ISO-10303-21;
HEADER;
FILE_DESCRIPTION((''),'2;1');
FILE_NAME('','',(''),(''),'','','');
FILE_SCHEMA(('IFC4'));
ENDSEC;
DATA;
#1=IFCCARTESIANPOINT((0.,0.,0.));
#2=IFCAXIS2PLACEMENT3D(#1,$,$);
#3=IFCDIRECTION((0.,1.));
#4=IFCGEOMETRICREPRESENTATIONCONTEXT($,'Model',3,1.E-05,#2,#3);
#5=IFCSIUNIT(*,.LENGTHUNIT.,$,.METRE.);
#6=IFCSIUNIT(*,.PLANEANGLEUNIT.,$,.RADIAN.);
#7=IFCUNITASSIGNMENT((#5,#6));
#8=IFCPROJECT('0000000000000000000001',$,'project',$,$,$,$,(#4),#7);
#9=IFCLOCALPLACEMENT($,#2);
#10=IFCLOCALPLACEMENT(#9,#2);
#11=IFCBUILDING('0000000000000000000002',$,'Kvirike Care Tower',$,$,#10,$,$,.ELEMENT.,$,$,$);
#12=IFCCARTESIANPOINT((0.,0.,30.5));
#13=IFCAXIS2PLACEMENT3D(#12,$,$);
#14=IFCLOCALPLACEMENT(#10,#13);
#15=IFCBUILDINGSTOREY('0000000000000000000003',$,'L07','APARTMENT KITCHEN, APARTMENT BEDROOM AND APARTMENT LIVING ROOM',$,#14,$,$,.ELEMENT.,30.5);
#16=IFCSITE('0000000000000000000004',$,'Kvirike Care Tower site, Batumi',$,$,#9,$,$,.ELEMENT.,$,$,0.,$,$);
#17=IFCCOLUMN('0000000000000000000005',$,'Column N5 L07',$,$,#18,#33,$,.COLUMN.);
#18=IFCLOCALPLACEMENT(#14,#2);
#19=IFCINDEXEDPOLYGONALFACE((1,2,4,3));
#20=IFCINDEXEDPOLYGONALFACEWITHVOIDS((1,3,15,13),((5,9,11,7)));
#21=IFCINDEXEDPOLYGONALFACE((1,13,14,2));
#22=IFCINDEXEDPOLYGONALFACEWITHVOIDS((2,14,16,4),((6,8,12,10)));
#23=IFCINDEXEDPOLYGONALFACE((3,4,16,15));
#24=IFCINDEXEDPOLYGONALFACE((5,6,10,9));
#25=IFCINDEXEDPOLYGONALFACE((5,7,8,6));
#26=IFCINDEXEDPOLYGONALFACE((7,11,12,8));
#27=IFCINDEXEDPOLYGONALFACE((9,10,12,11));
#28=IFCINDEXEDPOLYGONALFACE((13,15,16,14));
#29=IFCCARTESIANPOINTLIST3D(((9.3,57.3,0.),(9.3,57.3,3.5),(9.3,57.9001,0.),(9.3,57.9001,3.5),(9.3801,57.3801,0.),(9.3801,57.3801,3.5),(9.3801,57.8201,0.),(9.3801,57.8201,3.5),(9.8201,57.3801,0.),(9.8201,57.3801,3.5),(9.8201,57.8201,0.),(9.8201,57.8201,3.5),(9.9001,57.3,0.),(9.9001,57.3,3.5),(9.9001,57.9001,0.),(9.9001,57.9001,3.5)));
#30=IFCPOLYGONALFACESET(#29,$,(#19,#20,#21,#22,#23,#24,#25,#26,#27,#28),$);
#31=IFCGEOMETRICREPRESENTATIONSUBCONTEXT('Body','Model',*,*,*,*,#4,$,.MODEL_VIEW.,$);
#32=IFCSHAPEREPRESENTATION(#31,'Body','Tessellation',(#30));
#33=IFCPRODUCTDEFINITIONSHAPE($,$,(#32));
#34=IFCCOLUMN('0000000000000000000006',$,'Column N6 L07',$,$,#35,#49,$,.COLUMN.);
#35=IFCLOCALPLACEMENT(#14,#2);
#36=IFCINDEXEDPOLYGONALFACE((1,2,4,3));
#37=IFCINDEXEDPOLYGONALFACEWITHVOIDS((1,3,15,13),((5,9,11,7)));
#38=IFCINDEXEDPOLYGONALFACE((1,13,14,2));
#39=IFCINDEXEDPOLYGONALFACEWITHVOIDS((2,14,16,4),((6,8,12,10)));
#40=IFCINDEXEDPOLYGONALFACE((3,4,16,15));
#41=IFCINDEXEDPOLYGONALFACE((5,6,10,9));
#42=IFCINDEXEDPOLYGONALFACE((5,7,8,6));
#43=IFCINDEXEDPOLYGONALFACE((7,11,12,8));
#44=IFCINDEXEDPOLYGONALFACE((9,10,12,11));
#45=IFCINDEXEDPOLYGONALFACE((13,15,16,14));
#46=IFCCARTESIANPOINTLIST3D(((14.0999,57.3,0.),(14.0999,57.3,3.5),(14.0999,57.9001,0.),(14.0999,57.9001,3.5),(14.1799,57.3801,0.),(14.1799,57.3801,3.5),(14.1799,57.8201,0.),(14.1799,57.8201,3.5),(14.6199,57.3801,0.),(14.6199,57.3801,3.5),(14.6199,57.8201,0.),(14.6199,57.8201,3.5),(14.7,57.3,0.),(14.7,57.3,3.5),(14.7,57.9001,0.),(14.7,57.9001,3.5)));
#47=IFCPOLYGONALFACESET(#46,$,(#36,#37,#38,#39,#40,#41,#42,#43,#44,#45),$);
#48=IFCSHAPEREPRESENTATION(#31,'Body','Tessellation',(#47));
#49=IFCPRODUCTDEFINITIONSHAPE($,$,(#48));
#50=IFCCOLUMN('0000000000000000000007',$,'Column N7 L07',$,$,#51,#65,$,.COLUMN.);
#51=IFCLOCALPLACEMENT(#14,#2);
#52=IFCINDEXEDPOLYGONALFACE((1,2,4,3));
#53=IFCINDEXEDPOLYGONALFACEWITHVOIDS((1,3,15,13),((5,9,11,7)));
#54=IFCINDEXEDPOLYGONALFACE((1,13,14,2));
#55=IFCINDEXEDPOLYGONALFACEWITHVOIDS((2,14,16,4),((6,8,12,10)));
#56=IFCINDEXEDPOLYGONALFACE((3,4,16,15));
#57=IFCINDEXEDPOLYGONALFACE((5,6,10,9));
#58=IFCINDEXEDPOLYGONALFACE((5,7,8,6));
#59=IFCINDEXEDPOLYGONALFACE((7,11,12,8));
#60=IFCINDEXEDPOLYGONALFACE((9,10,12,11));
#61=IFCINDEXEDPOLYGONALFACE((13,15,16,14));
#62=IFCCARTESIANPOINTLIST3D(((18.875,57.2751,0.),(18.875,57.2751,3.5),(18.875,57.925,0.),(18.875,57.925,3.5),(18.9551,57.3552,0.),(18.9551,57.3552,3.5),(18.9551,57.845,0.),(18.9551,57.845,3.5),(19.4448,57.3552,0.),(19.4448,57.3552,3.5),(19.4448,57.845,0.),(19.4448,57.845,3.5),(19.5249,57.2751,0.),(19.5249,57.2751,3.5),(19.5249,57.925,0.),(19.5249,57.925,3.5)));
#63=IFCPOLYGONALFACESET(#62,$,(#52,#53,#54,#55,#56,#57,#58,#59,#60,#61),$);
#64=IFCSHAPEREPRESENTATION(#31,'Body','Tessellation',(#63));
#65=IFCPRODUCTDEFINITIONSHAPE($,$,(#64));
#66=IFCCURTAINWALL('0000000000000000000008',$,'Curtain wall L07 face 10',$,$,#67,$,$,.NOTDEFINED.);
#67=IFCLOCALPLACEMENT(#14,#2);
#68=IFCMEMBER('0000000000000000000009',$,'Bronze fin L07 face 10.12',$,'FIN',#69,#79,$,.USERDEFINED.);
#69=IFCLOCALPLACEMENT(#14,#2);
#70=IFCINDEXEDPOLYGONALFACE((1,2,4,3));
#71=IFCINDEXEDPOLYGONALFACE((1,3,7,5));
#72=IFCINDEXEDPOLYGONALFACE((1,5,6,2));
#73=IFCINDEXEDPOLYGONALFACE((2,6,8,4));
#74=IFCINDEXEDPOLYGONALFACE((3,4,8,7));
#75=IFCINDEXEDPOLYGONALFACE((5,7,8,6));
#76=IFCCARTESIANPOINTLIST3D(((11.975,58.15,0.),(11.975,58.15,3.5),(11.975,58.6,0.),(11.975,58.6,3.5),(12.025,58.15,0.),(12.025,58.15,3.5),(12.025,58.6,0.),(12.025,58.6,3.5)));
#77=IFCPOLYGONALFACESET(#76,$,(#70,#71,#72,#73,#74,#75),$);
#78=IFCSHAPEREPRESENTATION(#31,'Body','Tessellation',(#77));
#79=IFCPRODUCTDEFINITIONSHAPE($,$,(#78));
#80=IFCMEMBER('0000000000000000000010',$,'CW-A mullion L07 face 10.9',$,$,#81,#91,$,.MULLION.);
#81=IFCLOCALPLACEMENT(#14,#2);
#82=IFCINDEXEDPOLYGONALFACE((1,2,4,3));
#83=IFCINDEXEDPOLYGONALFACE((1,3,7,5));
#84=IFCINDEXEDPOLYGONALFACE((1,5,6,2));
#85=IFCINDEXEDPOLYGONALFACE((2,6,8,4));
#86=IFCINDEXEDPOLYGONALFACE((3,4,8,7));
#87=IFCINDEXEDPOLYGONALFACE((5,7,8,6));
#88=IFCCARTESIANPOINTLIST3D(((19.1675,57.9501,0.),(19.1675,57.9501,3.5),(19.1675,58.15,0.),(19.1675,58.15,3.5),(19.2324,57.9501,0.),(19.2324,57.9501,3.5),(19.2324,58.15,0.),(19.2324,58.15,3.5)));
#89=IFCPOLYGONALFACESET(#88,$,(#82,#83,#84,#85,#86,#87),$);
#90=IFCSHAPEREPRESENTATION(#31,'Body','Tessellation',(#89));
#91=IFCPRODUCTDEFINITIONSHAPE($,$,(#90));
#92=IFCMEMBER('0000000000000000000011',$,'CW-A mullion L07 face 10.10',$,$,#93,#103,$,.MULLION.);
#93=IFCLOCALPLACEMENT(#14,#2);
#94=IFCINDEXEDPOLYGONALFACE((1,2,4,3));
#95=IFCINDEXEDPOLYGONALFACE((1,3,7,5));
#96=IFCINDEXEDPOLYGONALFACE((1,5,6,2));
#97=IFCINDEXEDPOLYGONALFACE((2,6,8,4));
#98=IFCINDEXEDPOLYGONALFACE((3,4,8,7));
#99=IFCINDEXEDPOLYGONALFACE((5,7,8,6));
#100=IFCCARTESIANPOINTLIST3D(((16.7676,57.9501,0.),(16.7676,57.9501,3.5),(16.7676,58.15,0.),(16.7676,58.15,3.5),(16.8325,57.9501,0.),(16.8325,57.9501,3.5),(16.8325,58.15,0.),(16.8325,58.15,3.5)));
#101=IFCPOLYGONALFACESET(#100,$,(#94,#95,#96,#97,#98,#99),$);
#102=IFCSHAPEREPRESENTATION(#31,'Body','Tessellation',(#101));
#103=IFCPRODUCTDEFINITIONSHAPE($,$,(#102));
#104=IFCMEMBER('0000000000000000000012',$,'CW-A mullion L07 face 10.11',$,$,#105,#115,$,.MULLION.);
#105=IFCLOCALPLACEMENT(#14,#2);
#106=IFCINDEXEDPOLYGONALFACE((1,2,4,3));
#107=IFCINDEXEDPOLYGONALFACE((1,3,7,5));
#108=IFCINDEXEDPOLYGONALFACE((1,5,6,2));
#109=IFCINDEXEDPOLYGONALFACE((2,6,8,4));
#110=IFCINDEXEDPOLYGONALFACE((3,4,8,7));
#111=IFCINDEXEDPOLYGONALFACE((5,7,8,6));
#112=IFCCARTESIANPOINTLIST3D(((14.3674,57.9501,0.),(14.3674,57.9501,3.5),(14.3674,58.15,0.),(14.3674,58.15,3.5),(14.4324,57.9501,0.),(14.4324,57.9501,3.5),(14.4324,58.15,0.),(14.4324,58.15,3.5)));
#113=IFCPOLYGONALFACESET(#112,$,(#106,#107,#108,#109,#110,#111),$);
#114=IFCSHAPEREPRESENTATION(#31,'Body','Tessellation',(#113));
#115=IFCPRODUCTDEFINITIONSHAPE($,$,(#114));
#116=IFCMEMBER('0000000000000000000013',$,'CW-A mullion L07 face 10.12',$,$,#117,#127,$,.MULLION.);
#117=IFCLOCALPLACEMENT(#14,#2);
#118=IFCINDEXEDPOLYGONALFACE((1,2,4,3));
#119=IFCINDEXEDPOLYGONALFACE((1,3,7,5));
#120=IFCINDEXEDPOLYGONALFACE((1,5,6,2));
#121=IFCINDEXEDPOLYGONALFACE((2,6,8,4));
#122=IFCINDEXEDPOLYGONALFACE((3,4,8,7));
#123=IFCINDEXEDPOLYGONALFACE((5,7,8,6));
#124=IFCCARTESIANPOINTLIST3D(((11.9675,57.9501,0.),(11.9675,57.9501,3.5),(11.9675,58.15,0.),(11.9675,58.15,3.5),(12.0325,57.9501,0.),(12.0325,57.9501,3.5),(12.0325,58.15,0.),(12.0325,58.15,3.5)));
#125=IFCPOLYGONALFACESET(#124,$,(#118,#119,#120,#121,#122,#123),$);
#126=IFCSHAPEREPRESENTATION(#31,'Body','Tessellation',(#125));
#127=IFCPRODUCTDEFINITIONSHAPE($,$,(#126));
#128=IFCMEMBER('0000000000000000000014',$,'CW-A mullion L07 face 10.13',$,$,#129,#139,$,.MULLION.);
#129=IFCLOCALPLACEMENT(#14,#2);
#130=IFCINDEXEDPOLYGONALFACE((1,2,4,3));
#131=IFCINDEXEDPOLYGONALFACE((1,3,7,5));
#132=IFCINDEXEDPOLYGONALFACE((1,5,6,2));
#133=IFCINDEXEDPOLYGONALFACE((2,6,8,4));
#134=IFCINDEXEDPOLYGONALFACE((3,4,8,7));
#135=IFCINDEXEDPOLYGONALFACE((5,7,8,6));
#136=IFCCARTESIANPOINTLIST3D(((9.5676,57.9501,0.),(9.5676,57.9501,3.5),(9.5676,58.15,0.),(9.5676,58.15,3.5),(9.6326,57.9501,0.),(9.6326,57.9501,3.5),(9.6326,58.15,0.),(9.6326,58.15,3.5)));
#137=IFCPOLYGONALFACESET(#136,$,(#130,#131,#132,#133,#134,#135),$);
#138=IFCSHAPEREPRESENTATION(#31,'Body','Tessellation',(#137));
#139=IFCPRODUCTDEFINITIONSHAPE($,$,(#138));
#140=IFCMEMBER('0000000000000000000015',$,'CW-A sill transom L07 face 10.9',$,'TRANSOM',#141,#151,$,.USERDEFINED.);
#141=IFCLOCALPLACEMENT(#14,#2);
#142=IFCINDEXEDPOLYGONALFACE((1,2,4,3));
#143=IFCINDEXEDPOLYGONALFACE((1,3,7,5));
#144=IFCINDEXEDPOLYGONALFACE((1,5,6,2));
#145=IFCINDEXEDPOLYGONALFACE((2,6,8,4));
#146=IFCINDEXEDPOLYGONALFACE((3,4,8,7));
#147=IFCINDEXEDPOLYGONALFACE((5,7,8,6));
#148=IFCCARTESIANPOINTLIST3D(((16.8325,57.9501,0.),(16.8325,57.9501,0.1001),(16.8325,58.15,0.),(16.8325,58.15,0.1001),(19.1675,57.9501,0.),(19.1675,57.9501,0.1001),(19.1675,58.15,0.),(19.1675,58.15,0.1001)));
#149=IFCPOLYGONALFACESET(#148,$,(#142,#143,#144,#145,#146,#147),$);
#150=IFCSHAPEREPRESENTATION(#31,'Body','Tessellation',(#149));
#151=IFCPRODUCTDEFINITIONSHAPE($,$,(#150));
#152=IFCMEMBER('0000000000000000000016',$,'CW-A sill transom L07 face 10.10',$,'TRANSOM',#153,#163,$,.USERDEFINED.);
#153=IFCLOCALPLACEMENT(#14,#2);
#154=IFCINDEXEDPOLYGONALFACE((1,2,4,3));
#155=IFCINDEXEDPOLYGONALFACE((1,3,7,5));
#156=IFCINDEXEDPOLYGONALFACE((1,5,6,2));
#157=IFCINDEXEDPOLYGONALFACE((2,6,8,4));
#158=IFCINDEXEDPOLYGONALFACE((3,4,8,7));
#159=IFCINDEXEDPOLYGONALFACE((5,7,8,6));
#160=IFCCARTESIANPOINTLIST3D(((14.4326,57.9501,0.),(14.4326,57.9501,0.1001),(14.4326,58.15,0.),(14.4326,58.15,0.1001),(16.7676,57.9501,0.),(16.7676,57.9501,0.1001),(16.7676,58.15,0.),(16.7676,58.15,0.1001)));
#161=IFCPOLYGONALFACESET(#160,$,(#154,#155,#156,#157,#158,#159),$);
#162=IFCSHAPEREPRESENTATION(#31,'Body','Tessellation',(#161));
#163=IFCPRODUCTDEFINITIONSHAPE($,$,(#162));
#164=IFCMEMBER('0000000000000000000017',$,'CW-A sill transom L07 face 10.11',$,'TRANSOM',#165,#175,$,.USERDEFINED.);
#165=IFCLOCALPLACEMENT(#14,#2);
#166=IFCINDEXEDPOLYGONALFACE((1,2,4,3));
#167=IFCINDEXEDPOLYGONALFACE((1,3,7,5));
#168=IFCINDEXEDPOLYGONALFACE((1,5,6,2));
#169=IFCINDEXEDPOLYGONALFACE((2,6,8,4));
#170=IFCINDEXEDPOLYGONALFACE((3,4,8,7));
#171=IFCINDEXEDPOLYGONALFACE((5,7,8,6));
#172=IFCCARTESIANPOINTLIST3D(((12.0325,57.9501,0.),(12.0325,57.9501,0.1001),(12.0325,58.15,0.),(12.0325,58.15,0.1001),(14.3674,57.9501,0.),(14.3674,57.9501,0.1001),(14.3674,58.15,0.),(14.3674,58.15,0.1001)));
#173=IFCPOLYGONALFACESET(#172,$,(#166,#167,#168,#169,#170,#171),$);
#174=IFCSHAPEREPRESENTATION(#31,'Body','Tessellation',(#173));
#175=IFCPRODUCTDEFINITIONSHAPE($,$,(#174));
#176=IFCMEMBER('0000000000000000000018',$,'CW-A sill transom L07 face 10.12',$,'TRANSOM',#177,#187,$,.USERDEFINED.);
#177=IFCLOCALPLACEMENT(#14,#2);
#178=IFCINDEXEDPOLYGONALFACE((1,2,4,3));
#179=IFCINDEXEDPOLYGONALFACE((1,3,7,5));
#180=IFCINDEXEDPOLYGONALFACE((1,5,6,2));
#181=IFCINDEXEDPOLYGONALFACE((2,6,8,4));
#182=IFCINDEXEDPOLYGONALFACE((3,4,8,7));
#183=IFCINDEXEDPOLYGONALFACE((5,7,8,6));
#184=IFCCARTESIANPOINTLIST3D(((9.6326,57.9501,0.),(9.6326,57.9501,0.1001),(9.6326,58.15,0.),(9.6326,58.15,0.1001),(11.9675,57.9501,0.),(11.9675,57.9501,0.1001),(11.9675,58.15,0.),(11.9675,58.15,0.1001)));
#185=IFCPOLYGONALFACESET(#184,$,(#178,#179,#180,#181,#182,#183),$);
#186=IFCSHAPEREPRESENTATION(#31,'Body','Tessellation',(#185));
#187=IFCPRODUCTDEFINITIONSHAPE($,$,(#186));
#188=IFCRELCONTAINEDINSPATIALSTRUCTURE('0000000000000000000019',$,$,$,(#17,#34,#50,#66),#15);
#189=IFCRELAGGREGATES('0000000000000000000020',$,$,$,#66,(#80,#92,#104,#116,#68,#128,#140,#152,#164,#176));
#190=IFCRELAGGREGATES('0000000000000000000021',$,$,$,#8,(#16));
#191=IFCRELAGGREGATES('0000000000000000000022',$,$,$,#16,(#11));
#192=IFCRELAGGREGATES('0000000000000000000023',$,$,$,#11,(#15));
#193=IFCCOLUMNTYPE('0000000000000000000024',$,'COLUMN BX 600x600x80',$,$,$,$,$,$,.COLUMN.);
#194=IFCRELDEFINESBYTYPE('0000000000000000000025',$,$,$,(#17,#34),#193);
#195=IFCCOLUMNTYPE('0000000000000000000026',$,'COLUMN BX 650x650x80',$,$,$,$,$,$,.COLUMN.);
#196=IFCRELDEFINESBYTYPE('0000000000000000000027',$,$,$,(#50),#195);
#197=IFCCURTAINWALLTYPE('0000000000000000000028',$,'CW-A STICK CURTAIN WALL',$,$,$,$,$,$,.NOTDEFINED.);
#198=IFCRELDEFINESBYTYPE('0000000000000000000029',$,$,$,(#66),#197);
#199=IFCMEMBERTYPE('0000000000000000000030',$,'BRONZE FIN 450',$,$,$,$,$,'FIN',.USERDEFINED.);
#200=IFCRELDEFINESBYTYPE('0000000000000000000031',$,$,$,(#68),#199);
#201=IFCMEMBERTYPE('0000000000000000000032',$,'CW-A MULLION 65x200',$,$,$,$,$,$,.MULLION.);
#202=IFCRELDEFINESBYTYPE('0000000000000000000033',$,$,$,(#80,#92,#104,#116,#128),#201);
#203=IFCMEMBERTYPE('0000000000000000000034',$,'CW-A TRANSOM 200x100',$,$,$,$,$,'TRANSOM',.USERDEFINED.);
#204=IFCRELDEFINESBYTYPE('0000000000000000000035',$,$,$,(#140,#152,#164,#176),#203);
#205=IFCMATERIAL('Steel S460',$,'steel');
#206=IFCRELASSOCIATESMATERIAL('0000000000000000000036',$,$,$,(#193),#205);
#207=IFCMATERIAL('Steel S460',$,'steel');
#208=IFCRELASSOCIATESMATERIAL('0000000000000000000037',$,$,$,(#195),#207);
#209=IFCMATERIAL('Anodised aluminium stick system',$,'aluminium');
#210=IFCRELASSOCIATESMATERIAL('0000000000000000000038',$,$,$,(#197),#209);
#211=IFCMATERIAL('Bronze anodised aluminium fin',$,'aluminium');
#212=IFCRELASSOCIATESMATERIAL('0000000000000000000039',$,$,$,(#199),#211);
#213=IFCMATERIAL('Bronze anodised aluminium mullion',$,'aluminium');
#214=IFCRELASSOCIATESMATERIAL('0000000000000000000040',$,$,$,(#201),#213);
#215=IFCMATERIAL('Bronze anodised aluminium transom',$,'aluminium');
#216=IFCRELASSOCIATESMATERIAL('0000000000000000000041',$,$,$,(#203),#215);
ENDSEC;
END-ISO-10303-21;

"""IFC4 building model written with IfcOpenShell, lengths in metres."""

from ifc_helpers import new_model, si_unit, direction, frame, origin, origin_2d, place, context, subcontext, project, spatial, rectangle, hollow_rectangle, extrude, material, material_profile, profile_set, type_object, element, aggregate, save


model = new_model("IFC4")

# Units and contexts
model_context = context("Model", 3, precision=1e-05, world=origin(), true_north=direction((0.0, 1.0)))
body_context = subcontext(model_context, "Body", "Model", "MODEL_VIEW")
ifc_project = project(units=[si_unit("LENGTHUNIT", "METRE"), si_unit("PLANEANGLEUNIT", "RADIAN")], contexts=[model_context])

# Site, building, storey
site_placement = place(None, origin())
site = spatial("IfcSite", under=ifc_project, at=site_placement, Name="Kvirike Care Tower site, Batumi", CompositionType="ELEMENT", RefElevation=0.0)
building_placement = place(site_placement, origin())
building = spatial("IfcBuilding", under=site, at=building_placement, Name="Kvirike Care Tower", CompositionType="ELEMENT")
storey_placement = place(building_placement, frame((0.0, 0.0, 30.5)))
storey = spatial("IfcBuildingStorey", under=building, at=storey_placement, Name="L07", Description="APARTMENT KITCHEN, APARTMENT BEDROOM AND APARTMENT LIVING ROOM", CompositionType="ELEMENT", Elevation=30.5)

# Columns
ifc_material_1 = material(Name="Steel S460", Category="steel")
ifc_material_profile_1 = material_profile(ifc_material_1, hollow_rectangle(XDim=0.6001, YDim=0.6001, WallThickness=0.0801, at=origin_2d()), Name="BX 600x600x80")
ifc_profile_set_1 = profile_set([ifc_material_profile_1], Name="Steel S460")
column_type_1 = type_object("IfcColumnType", Name="COLUMN BX 600x600x80", PredefinedType="COLUMN", material=ifc_profile_set_1)
for number, where, z_axis, x_axis, name in (
    (1, (9.6001, 57.6001, 0.0), (0.0, 0.0, 1.0), (0.0, 1.0, 0.0), "Column N5 L07"),
    (2, (14.3999, 57.6001, 0.0), (0.0, 0.0, 1.0), (0.0, 1.0, 0.0), "Column N6 L07"),
):
    element("IfcColumn", number, at=place(storey_placement, frame(where, z_axis=z_axis, x_axis=x_axis)), inside=storey, type_object=column_type_1, Name=name, PredefinedType="COLUMN", context=body_context, shape_type="SweptSolid", body=[
        extrude(hollow_rectangle(XDim=0.6001, YDim=0.6001, WallThickness=0.0801, at=origin_2d()), origin(), (0.0, 0.0, 1.0), 3.5),
    ])
ifc_material_2 = material(Name="Steel S460", Category="steel")
ifc_material_profile_2 = material_profile(ifc_material_2, hollow_rectangle(XDim=0.6499, YDim=0.6499, WallThickness=0.0801, at=origin_2d()), Name="BX 650x650x80")
ifc_profile_set_2 = profile_set([ifc_material_profile_2], Name="Steel S460")
column_type_2 = type_object("IfcColumnType", Name="COLUMN BX 650x650x80", PredefinedType="COLUMN", material=ifc_profile_set_2)
column_placement = place(storey_placement, frame((19.2, 57.6001, 0.0), z_axis=(0.0, 0.0, 1.0), x_axis=(0.0, 1.0, 0.0)))
element("IfcColumn", 3, at=column_placement, inside=storey, type_object=column_type_2, Name="Column N7 L07", PredefinedType="COLUMN", context=body_context, shape_type="SweptSolid", body=[
    extrude(hollow_rectangle(XDim=0.6499, YDim=0.6499, WallThickness=0.0801, at=origin_2d()), origin(), (0.0, 0.0, 1.0), 3.5),
])

# Curtain wall, members
ifc_material_3 = material(Name="Anodised aluminium stick system", Category="aluminium")
curtain_wall_type = type_object("IfcCurtainWallType", Name="CW-A STICK CURTAIN WALL", PredefinedType="NOTDEFINED", material=ifc_material_3)
curtain_wall_placement = place(storey_placement, origin())
curtain_wall = element("IfcCurtainWall", 4, at=curtain_wall_placement, inside=storey, type_object=curtain_wall_type, Name="Curtain wall L07 face 10", PredefinedType="NOTDEFINED")
ifc_material_4 = material(Name="Bronze anodised aluminium fin", Category="aluminium")
ifc_material_profile_3 = material_profile(ifc_material_4, rectangle(XDim=0.05, YDim=0.45, at=origin_2d()), Name="BRONZE FIN 450")
ifc_profile_set_3 = profile_set([ifc_material_profile_3], Name="Bronze anodised aluminium fin")
member_type_1 = type_object("IfcMemberType", Name="BRONZE FIN 450", ElementType="FIN", PredefinedType="USERDEFINED", material=ifc_profile_set_3)
member_1_placement = place(storey_placement, frame((12.0, 58.375, 0.0), z_axis=(0.0, 0.0, 1.0), x_axis=(-1.0, 0.0, 0.0)))
member_1 = element("IfcMember", 5, at=member_1_placement, type_object=member_type_1, Name="Bronze fin L07 face 10.12", ObjectType="FIN", PredefinedType="USERDEFINED", context=body_context, shape_type="SweptSolid", body=[
    extrude(rectangle(XDim=0.05, YDim=0.45, at=origin_2d()), origin(), (0.0, 0.0, 1.0), 3.5),
])
ifc_material_5 = material(Name="Bronze anodised aluminium mullion", Category="aluminium")
ifc_material_profile_4 = material_profile(ifc_material_5, rectangle(XDim=0.0649, YDim=0.2, at=origin_2d()), Name="CW-A MULLION 65x200")
ifc_profile_set_4 = profile_set([ifc_material_profile_4], Name="Bronze anodised aluminium mullion")
member_type_2 = type_object("IfcMemberType", Name="CW-A MULLION 65x200", PredefinedType="MULLION", material=ifc_profile_set_4)
member_2_placement = place(storey_placement, frame((19.2, 58.05, 0.0), z_axis=(0.0, 0.0, 1.0), x_axis=(-1.0, 0.0, 0.0)))
member_2 = element("IfcMember", 6, at=member_2_placement, type_object=member_type_2, Name="CW-A mullion L07 face 10.9", PredefinedType="MULLION", context=body_context, shape_type="SweptSolid", body=[
    extrude(rectangle(XDim=0.0649, YDim=0.2, at=origin_2d()), origin(), (0.0, 0.0, 1.0), 3.5),
])
member_3_placement = place(storey_placement, frame((16.8, 58.05, 0.0), z_axis=(0.0, 0.0, 1.0), x_axis=(-1.0, 0.0, 0.0)))
member_3 = element("IfcMember", 7, at=member_3_placement, type_object=member_type_2, Name="CW-A mullion L07 face 10.10", PredefinedType="MULLION", context=body_context, shape_type="SweptSolid", body=[
    extrude(rectangle(XDim=0.0649, YDim=0.2, at=origin_2d()), origin(), (0.0, 0.0, 1.0), 3.5),
])
member_4_placement = place(storey_placement, frame((14.3999, 58.05, 0.0), z_axis=(0.0, 0.0, 1.0), x_axis=(-1.0, 0.0, 0.0)))
member_4 = element("IfcMember", 8, at=member_4_placement, type_object=member_type_2, Name="CW-A mullion L07 face 10.11", PredefinedType="MULLION", context=body_context, shape_type="SweptSolid", body=[
    extrude(rectangle(XDim=0.0649, YDim=0.2, at=origin_2d()), origin(), (0.0, 0.0, 1.0), 3.5),
])
member_5_placement = place(storey_placement, frame((12.0, 58.05, 0.0), z_axis=(0.0, 0.0, 1.0), x_axis=(-1.0, 0.0, 0.0)))
member_5 = element("IfcMember", 9, at=member_5_placement, type_object=member_type_2, Name="CW-A mullion L07 face 10.12", PredefinedType="MULLION", context=body_context, shape_type="SweptSolid", body=[
    extrude(rectangle(XDim=0.0649, YDim=0.2, at=origin_2d()), origin(), (0.0, 0.0, 1.0), 3.5),
])
member_6_placement = place(storey_placement, frame((9.6001, 58.05, 0.0), z_axis=(0.0, 0.0, 1.0), x_axis=(-1.0, 0.0, 0.0)))
member_6 = element("IfcMember", 10, at=member_6_placement, type_object=member_type_2, Name="CW-A mullion L07 face 10.13", PredefinedType="MULLION", context=body_context, shape_type="SweptSolid", body=[
    extrude(rectangle(XDim=0.0649, YDim=0.2, at=origin_2d()), origin(), (0.0, 0.0, 1.0), 3.5),
])
ifc_material_6 = material(Name="Bronze anodised aluminium transom", Category="aluminium")
ifc_material_profile_5 = material_profile(ifc_material_6, rectangle(XDim=0.2, YDim=0.1001, at=origin_2d()), Name="CW-A TRANSOM 200x100")
ifc_profile_set_5 = profile_set([ifc_material_profile_5], Name="Bronze anodised aluminium transom")
member_type_3 = type_object("IfcMemberType", Name="CW-A TRANSOM 200x100", ElementType="TRANSOM", PredefinedType="USERDEFINED", material=ifc_profile_set_5)
member_7_placement = place(storey_placement, frame((19.1675, 58.05, 0.05), z_axis=(-1.0, 0.0, 0.0), x_axis=(0.0, -1.0, 0.0)))
member_7 = element("IfcMember", 11, at=member_7_placement, type_object=member_type_3, Name="CW-A sill transom L07 face 10.9", ObjectType="TRANSOM", PredefinedType="USERDEFINED", context=body_context, shape_type="SweptSolid", body=[
    extrude(rectangle(XDim=0.2, YDim=0.1001, at=origin_2d()), origin(), (0.0, 0.0, 1.0), 2.335),
])
member_8_placement = place(storey_placement, frame((16.7676, 58.05, 0.05), z_axis=(-1.0, 0.0, 0.0), x_axis=(0.0, -1.0, 0.0)))
member_8 = element("IfcMember", 12, at=member_8_placement, type_object=member_type_3, Name="CW-A sill transom L07 face 10.10", ObjectType="TRANSOM", PredefinedType="USERDEFINED", context=body_context, shape_type="SweptSolid", body=[
    extrude(rectangle(XDim=0.2, YDim=0.1001, at=origin_2d()), origin(), (0.0, 0.0, 1.0), 2.335),
])
member_9_placement = place(storey_placement, frame((14.3674, 58.05, 0.05), z_axis=(-1.0, 0.0, 0.0), x_axis=(0.0, -1.0, 0.0)))
member_9 = element("IfcMember", 13, at=member_9_placement, type_object=member_type_3, Name="CW-A sill transom L07 face 10.11", ObjectType="TRANSOM", PredefinedType="USERDEFINED", context=body_context, shape_type="SweptSolid", body=[
    extrude(rectangle(XDim=0.2, YDim=0.1001, at=origin_2d()), origin(), (0.0, 0.0, 1.0), 2.335),
])
member_10_placement = place(storey_placement, frame((11.9675, 58.05, 0.05), z_axis=(-1.0, 0.0, 0.0), x_axis=(0.0, -1.0, 0.0)))
member_10 = element("IfcMember", 14, at=member_10_placement, type_object=member_type_3, Name="CW-A sill transom L07 face 10.12", ObjectType="TRANSOM", PredefinedType="USERDEFINED", context=body_context, shape_type="SweptSolid", body=[
    extrude(rectangle(XDim=0.2, YDim=0.1001, at=origin_2d()), origin(), (0.0, 0.0, 1.0), 2.335),
])

aggregate(curtain_wall, [member_2, member_3, member_4, member_5, member_1, member_6, member_7, member_8, member_9, member_10])

save(model, "model.ifc")
